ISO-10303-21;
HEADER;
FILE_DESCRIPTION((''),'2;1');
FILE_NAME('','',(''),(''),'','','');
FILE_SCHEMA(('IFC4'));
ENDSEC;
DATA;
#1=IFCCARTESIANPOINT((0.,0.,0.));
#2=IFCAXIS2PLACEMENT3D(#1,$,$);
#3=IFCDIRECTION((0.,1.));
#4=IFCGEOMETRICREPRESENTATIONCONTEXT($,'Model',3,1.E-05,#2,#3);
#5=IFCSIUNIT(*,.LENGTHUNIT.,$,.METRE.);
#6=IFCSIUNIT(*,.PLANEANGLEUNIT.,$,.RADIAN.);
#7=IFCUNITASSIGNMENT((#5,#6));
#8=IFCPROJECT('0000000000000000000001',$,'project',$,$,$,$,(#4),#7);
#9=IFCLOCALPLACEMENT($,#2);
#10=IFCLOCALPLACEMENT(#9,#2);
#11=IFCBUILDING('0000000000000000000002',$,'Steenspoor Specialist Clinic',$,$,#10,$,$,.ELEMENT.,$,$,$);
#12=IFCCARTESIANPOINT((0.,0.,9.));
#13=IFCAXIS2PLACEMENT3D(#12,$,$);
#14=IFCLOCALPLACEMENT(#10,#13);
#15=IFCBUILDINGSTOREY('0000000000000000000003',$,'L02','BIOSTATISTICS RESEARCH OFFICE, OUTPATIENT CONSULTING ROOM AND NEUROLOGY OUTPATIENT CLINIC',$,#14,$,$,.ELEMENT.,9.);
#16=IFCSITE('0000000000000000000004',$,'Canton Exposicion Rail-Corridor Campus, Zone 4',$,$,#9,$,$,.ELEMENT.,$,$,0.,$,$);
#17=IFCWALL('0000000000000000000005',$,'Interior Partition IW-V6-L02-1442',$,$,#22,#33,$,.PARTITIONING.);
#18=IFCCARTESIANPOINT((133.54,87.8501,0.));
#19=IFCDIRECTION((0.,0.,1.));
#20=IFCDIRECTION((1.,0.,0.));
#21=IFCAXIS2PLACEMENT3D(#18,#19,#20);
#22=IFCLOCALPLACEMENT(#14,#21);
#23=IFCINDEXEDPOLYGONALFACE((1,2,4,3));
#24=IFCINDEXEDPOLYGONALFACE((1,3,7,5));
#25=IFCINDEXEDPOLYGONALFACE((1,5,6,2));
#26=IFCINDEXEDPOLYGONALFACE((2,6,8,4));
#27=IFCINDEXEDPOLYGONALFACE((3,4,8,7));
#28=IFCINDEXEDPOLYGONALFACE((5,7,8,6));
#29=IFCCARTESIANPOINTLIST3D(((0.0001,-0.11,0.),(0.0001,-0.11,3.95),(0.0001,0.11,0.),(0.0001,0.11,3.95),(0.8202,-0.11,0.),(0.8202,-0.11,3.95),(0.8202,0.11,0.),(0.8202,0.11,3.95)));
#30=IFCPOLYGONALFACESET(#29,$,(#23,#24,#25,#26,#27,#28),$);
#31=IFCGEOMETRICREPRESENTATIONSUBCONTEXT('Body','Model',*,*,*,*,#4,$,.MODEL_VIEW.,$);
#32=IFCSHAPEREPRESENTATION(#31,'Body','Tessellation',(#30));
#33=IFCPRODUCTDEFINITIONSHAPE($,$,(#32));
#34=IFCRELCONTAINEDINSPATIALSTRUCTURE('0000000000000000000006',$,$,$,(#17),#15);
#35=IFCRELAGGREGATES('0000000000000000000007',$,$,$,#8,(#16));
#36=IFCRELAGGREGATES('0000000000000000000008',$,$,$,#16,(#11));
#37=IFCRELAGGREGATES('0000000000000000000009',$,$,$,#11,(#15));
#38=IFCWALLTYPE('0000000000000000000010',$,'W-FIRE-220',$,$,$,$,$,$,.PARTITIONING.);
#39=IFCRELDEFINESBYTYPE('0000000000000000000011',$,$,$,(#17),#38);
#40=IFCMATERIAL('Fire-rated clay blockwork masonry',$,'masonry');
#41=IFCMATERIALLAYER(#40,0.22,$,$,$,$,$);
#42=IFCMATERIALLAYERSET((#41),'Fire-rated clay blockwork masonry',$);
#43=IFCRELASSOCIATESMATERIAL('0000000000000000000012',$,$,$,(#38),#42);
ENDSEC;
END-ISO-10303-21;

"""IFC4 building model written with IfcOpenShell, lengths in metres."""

from ifc_helpers import new_model, si_unit, direction, frame, frame_2d, origin, place, context, subcontext, project, spatial, rectangle, extrude, material, layer, layer_set, type_object, element, save


model = new_model("IFC4")

# Units and contexts
model_context = context("Model", 3, precision=1e-05, world=origin(), true_north=direction((0.0, 1.0)))
body_context = subcontext(model_context, "Body", "Model", "MODEL_VIEW")
ifc_project = project(units=[si_unit("LENGTHUNIT", "METRE"), si_unit("PLANEANGLEUNIT", "RADIAN")], contexts=[model_context])

# Site, building, storey
site_placement = place(None, origin())
site = spatial("IfcSite", under=ifc_project, at=site_placement, Name="Canton Exposicion Rail-Corridor Campus, Zone 4", CompositionType="ELEMENT", RefElevation=0.0)
building_placement = place(site_placement, origin())
building = spatial("IfcBuilding", under=site, at=building_placement, Name="Steenspoor Specialist Clinic", CompositionType="ELEMENT")
storey_placement = place(building_placement, frame((0.0, 0.0, 9.0)))
storey = spatial("IfcBuildingStorey", under=building, at=storey_placement, Name="L02", Description="BIOSTATISTICS RESEARCH OFFICE, OUTPATIENT CONSULTING ROOM AND NEUROLOGY OUTPATIENT CLINIC", CompositionType="ELEMENT", Elevation=9.0)

# Shared definitions
ifc_material_1 = material(Name="Fire-rated clay blockwork masonry", Category="masonry")
ifc_layer_1 = layer(ifc_material_1, 0.22)
ifc_layer_set_1 = layer_set([ifc_layer_1], Name="Fire-rated clay blockwork masonry")
wall_type_1 = type_object("IfcWallType", Name="W-FIRE-220", PredefinedType="PARTITIONING", material=ifc_layer_set_1)

# Wall
wall_1_placement = place(storey_placement, frame((133.54, 87.8501, 0.0), z_axis=(0.0, 0.0, 1.0), x_axis=(1.0, 0.0, 0.0)))
element("IfcWall", 1, at=wall_1_placement, inside=storey, type_object=wall_type_1, Name="Interior Partition IW-V6-L02-1442", PredefinedType="PARTITIONING", context=body_context, shape_type="SweptSolid", body=[
    extrude(rectangle(XDim=0.8201, YDim=0.22, at=frame_2d((0.4102, 0.0))), origin(), (0.0, 0.0, 1.0), 3.95),
])

save(model, "model.ifc")
